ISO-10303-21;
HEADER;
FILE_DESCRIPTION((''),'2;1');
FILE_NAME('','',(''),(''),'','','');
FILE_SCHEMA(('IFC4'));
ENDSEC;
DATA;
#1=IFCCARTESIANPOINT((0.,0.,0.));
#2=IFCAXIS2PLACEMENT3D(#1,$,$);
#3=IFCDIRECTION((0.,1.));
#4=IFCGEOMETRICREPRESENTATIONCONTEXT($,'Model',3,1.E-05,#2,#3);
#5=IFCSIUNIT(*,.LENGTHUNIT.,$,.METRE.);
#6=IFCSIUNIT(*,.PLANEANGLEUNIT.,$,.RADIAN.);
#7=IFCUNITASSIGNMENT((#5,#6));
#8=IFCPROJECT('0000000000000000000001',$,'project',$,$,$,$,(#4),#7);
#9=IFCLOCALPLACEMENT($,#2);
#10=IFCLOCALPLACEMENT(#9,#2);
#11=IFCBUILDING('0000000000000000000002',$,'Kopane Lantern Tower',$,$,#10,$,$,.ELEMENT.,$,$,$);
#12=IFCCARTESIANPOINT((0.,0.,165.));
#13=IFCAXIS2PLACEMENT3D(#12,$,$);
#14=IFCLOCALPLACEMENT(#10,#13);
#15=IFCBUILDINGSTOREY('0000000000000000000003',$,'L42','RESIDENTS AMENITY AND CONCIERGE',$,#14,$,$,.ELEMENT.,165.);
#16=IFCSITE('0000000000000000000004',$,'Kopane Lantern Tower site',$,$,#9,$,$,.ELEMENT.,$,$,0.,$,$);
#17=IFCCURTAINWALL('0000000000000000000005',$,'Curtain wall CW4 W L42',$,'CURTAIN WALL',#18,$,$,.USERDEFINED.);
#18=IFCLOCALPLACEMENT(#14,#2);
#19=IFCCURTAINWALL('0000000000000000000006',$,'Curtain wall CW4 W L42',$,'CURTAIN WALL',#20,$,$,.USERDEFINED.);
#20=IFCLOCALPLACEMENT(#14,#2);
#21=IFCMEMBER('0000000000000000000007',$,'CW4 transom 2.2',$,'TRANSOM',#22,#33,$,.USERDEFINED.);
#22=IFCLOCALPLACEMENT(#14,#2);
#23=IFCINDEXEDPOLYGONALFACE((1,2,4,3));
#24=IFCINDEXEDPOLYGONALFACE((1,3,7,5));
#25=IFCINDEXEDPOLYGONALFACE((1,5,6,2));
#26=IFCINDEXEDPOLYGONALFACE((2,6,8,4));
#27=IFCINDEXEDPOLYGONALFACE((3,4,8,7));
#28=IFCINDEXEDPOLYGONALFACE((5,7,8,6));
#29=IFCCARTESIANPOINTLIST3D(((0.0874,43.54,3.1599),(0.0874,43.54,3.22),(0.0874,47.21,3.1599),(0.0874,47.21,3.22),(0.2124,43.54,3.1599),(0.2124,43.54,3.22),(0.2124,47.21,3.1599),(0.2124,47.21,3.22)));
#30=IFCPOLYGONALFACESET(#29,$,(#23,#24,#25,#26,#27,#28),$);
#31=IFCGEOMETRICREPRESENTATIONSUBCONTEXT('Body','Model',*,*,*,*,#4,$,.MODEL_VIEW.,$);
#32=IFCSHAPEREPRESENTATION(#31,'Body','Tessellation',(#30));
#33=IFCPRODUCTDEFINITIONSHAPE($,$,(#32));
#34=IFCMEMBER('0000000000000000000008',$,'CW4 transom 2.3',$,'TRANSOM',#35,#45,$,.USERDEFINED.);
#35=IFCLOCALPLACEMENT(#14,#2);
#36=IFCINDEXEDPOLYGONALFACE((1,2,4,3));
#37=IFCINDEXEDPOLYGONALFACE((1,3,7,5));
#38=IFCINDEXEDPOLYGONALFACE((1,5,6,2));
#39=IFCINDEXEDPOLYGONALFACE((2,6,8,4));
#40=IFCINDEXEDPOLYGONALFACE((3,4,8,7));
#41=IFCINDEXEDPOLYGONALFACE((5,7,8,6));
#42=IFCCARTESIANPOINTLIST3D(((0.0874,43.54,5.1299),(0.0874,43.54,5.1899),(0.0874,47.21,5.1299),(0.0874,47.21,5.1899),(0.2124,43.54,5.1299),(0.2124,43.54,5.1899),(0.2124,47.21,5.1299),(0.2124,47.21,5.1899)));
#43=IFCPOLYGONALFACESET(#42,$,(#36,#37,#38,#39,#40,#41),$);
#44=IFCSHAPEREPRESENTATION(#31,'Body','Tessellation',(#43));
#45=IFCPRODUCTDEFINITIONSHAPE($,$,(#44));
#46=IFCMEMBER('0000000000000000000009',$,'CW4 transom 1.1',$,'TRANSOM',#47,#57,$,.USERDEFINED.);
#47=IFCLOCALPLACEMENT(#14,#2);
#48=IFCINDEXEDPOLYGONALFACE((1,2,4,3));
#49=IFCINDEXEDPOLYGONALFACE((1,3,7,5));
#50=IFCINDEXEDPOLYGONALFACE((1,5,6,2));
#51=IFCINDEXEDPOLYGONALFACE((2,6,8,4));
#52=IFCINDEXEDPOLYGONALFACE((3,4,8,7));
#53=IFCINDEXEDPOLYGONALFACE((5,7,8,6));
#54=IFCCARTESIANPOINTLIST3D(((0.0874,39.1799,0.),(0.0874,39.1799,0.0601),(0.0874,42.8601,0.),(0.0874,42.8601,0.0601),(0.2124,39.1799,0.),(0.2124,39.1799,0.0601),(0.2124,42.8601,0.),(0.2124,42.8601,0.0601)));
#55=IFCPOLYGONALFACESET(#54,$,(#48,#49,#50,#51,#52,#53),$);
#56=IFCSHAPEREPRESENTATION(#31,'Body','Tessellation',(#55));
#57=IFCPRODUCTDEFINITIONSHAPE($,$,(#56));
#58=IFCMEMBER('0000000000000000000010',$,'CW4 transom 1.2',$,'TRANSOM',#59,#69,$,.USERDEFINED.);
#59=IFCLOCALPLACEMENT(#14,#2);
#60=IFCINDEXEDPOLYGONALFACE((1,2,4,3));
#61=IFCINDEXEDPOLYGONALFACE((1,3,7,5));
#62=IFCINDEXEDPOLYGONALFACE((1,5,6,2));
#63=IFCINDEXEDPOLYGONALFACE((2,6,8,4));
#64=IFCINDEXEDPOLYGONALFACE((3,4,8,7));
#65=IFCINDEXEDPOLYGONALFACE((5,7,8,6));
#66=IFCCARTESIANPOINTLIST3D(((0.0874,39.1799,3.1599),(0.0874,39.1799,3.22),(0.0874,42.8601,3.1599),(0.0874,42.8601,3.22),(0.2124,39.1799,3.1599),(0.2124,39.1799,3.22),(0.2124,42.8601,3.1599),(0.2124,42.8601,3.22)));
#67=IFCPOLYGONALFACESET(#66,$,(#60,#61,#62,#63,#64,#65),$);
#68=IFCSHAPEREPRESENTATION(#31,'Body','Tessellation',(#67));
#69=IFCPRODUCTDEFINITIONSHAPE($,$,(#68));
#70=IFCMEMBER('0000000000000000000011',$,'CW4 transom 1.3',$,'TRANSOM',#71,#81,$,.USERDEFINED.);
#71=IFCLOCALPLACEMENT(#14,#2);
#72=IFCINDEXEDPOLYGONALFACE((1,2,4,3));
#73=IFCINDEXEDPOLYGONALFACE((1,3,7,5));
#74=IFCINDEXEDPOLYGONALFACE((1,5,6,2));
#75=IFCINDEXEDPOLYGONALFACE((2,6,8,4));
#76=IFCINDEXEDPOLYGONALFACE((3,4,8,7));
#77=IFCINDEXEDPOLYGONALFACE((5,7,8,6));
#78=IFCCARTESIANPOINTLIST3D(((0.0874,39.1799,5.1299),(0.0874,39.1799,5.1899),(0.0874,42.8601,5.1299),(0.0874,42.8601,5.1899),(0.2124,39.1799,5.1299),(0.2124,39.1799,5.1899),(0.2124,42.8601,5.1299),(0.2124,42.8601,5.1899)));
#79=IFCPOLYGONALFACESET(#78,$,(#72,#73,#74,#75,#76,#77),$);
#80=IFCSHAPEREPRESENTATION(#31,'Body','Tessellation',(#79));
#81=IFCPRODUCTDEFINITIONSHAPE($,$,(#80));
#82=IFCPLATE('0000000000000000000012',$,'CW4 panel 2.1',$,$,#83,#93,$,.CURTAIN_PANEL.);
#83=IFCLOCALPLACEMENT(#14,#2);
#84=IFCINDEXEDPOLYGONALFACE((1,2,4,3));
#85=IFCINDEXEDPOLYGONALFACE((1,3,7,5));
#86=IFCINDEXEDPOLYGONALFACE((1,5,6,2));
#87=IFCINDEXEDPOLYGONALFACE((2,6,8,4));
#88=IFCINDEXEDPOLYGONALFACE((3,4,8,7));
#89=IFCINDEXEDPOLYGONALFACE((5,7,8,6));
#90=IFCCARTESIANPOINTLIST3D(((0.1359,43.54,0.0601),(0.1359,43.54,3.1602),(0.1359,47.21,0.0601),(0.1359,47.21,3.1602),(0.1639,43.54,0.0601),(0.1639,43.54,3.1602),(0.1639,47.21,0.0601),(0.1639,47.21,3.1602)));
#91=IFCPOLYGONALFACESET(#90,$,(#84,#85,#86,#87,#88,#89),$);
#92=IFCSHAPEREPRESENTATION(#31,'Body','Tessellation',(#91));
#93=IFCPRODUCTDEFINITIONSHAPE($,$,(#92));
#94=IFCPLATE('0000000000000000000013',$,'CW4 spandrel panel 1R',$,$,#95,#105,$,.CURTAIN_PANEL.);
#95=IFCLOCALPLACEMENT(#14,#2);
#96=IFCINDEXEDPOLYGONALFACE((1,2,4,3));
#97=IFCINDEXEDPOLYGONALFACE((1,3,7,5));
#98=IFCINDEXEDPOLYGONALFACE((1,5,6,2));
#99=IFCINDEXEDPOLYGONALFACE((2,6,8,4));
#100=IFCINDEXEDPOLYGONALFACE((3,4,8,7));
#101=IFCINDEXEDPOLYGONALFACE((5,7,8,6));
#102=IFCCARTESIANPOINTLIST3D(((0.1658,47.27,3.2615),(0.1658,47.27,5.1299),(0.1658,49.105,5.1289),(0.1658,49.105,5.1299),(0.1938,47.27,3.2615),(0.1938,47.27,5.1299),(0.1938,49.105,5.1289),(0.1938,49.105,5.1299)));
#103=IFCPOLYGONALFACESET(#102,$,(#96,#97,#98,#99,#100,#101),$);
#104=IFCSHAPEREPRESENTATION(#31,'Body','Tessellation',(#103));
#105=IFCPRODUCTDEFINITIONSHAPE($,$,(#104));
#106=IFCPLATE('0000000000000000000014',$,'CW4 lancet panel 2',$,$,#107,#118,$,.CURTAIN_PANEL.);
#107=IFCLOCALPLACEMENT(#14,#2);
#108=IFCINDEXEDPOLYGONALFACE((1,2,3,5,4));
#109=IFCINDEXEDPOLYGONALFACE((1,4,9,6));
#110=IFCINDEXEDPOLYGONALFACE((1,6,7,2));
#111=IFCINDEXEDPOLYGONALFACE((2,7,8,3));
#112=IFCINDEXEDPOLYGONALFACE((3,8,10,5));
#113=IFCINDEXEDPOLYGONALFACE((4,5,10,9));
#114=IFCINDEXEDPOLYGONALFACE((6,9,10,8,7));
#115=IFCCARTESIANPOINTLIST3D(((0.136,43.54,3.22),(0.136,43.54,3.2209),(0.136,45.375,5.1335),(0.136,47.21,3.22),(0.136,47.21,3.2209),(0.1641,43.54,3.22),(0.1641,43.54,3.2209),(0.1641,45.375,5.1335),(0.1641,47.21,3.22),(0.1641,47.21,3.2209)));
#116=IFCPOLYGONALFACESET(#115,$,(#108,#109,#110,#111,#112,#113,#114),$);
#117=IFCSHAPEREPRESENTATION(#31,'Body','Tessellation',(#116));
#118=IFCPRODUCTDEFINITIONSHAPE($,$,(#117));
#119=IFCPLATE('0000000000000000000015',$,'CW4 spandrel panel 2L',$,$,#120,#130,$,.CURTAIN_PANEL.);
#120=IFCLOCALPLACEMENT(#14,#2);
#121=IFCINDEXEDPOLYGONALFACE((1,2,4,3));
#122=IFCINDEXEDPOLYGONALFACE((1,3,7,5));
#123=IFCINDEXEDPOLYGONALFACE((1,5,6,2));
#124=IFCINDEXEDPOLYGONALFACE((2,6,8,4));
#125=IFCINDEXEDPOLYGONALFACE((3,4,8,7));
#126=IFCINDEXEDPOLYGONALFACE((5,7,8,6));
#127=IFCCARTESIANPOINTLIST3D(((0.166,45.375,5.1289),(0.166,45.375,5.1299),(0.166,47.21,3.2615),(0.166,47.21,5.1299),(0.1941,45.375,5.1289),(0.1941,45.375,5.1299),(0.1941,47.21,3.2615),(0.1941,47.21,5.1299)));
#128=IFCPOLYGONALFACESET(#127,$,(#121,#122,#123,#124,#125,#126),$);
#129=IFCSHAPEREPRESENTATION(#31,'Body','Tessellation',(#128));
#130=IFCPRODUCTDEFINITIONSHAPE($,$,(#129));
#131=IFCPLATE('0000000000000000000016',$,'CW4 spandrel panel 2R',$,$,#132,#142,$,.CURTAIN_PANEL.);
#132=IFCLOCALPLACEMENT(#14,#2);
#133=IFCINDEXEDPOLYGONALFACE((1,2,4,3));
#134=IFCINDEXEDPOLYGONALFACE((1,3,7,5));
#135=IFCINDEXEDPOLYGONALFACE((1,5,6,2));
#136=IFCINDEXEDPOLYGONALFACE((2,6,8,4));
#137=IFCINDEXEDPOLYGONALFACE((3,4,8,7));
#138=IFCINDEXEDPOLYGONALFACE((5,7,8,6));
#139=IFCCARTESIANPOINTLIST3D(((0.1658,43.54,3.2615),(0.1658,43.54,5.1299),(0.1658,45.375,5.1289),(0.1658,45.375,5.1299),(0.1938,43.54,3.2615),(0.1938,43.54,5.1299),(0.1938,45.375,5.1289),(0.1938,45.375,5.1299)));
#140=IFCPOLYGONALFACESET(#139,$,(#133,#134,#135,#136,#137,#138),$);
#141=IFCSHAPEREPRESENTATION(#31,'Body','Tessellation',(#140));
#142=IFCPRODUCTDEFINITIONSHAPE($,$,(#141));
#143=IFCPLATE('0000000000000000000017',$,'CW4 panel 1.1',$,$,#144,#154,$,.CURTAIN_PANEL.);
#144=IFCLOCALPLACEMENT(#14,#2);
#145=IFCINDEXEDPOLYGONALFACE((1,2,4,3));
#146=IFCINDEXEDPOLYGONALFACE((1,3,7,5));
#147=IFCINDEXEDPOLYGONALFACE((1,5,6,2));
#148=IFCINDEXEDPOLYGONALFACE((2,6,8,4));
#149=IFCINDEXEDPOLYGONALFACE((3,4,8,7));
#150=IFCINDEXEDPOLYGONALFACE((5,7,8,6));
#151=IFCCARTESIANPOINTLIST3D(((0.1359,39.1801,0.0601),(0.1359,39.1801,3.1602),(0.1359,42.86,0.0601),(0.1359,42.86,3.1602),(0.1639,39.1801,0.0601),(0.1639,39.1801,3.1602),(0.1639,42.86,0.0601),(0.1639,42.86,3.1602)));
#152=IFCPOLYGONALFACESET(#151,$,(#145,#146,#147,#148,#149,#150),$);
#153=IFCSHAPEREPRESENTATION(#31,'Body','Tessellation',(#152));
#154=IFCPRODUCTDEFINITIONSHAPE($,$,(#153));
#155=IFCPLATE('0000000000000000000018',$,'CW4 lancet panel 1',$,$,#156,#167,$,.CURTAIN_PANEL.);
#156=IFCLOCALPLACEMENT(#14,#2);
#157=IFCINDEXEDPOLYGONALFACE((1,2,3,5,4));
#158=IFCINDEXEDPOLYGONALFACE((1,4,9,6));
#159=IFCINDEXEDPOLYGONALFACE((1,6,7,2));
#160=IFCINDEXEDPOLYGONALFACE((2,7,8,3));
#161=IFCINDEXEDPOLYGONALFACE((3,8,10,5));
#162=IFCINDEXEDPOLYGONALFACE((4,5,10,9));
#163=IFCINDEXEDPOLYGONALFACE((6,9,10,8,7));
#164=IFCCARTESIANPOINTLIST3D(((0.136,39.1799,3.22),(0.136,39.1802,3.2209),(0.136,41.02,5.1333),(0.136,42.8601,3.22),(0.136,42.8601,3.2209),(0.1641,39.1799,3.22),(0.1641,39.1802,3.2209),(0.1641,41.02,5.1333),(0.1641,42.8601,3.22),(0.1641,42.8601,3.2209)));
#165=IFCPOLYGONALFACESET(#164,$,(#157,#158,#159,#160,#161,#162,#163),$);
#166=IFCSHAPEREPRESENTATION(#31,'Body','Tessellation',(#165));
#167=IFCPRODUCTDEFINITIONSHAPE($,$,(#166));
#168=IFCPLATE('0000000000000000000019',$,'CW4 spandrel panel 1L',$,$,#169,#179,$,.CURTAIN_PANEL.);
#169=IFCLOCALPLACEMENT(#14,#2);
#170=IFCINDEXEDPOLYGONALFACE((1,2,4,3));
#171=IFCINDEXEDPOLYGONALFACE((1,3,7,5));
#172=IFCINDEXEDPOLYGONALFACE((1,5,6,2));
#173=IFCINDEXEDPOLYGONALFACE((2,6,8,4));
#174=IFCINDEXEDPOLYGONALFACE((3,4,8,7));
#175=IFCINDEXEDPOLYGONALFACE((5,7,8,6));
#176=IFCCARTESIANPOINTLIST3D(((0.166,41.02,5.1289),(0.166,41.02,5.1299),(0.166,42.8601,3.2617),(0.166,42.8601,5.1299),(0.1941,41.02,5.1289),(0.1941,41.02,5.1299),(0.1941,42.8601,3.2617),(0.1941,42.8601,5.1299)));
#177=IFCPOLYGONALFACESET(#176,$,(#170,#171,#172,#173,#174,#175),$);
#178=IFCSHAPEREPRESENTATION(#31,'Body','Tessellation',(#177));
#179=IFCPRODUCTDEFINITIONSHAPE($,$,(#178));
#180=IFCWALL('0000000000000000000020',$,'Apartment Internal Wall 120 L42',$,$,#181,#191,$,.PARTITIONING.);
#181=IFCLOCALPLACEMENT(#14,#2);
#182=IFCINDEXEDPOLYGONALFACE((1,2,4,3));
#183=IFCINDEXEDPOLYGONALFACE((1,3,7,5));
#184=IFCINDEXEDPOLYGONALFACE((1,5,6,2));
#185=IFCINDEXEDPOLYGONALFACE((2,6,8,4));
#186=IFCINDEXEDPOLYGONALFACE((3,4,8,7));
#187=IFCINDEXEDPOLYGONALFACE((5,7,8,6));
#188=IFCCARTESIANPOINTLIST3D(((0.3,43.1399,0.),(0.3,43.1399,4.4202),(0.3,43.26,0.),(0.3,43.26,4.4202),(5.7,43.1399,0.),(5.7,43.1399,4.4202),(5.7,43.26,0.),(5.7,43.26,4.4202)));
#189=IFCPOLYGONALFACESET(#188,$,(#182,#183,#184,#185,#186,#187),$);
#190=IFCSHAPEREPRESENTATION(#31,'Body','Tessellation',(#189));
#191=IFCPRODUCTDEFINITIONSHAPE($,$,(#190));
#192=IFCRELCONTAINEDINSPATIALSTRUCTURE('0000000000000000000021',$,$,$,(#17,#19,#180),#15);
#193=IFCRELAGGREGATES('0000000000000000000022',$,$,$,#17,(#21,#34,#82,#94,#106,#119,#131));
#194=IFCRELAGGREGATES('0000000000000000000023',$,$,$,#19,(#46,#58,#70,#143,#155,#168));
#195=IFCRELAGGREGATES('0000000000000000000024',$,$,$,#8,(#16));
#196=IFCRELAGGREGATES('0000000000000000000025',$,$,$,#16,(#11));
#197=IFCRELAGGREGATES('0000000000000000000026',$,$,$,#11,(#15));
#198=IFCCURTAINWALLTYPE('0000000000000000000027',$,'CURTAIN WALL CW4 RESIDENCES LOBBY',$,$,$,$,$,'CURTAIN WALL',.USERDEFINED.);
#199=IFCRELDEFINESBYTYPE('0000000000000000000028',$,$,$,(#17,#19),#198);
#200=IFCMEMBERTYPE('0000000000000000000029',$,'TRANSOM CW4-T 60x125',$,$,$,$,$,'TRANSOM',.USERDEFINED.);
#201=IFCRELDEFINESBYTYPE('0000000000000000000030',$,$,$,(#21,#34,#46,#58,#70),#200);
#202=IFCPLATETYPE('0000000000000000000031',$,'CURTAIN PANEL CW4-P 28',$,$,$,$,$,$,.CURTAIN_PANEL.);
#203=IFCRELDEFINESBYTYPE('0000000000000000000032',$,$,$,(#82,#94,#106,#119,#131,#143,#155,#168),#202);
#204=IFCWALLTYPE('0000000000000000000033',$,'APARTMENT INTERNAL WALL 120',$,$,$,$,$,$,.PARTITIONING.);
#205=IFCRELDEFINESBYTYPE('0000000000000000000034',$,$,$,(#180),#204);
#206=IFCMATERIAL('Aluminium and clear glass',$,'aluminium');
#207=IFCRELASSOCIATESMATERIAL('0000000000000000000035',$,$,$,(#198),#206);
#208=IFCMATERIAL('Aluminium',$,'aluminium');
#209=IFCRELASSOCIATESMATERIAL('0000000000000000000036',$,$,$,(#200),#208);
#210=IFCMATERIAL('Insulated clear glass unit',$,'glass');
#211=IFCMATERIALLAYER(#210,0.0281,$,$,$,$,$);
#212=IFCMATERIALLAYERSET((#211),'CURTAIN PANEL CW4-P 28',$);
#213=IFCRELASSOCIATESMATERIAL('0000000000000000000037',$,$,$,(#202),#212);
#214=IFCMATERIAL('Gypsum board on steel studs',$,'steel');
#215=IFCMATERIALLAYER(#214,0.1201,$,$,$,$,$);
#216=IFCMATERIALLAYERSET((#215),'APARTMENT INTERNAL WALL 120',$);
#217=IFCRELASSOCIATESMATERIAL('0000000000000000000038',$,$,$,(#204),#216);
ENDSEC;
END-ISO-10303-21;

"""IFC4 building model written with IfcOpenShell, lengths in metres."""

from ifc_helpers import new_model, si_unit, direction, frame, frame_2d, origin, origin_2d, place, context, subcontext, project, spatial, polyline, rectangle, outline, extrude, material, layer, layer_set, material_profile, profile_set, type_object, element, aggregate, save


model = new_model("IFC4")

# Units and contexts
model_context = context("Model", 3, precision=1e-05, world=origin(), true_north=direction((0.0, 1.0)))
body_context = subcontext(model_context, "Body", "Model", "MODEL_VIEW")
ifc_project = project(units=[si_unit("LENGTHUNIT", "METRE"), si_unit("PLANEANGLEUNIT", "RADIAN")], contexts=[model_context])

# Site, building, storey
site_placement = place(None, origin())
site = spatial("IfcSite", under=ifc_project, at=site_placement, Name="Kopane Lantern Tower site", CompositionType="ELEMENT", RefElevation=0.0)
building_placement = place(site_placement, origin())
building = spatial("IfcBuilding", under=site, at=building_placement, Name="Kopane Lantern Tower", CompositionType="ELEMENT")
storey_placement = place(building_placement, frame((0.0, 0.0, 165.0)))
storey = spatial("IfcBuildingStorey", under=building, at=storey_placement, Name="L42", Description="RESIDENTS AMENITY AND CONCIERGE", CompositionType="ELEMENT", Elevation=165.0)

# Curtain walls
ifc_material_1 = material(Name="Aluminium and clear glass", Category="aluminium")
curtain_wall_type = type_object("IfcCurtainWallType", Name="CURTAIN WALL CW4 RESIDENCES LOBBY", ElementType="CURTAIN WALL", PredefinedType="USERDEFINED", material=ifc_material_1)
curtain_wall_1_placement = place(storey_placement, origin())
curtain_wall_1 = element("IfcCurtainWall", 1, at=curtain_wall_1_placement, inside=storey, type_object=curtain_wall_type, Name="Curtain wall CW4 W L42", ObjectType="CURTAIN WALL", PredefinedType="USERDEFINED")
curtain_wall_2_placement = place(storey_placement, origin())
curtain_wall_2 = element("IfcCurtainWall", 2, at=curtain_wall_2_placement, inside=storey, type_object=curtain_wall_type, Name="Curtain wall CW4 W L42", ObjectType="CURTAIN WALL", PredefinedType="USERDEFINED")

# Members
ifc_material_2 = material(Name="Aluminium", Category="aluminium")
ifc_material_profile_1 = material_profile(ifc_material_2, rectangle(XDim=0.125, YDim=0.0601, at=origin_2d()), Name="AL 125x60")
ifc_profile_set_1 = profile_set([ifc_material_profile_1], Name="Aluminium")
member_type_1 = type_object("IfcMemberType", Name="TRANSOM CW4-T 60x125", ElementType="TRANSOM", PredefinedType="USERDEFINED", material=ifc_profile_set_1)
member_1_placement = place(storey_placement, frame((0.1499, 47.21, 3.1899), z_axis=(0.0, -1.0, 0.0), x_axis=(1.0, 0.0, 0.0)))
member_1 = element("IfcMember", 3, at=member_1_placement, type_object=member_type_1, Name="CW4 transom 2.2", ObjectType="TRANSOM", PredefinedType="USERDEFINED", context=body_context, shape_type="SweptSolid", body=[
    extrude(rectangle(XDim=0.125, YDim=0.0601, at=origin_2d()), origin(), (0.0, 0.0, 1.0), 3.6699),
])
member_2_placement = place(storey_placement, frame((0.1499, 47.21, 5.1599), z_axis=(0.0, -1.0, 0.0), x_axis=(1.0, 0.0, 0.0)))
member_2 = element("IfcMember", 4, at=member_2_placement, type_object=member_type_1, Name="CW4 transom 2.3", ObjectType="TRANSOM", PredefinedType="USERDEFINED", context=body_context, shape_type="SweptSolid", body=[
    extrude(rectangle(XDim=0.125, YDim=0.0601, at=origin_2d()), origin(), (0.0, 0.0, 1.0), 3.6699),
])
member_3_placement = place(storey_placement, frame((0.1499, 42.8601, 0.03), z_axis=(0.0, -1.0, 0.0), x_axis=(1.0, 0.0, 0.0)))
member_3 = element("IfcMember", 5, at=member_3_placement, type_object=member_type_1, Name="CW4 transom 1.1", ObjectType="TRANSOM", PredefinedType="USERDEFINED", context=body_context, shape_type="SweptSolid", body=[
    extrude(rectangle(XDim=0.125, YDim=0.0601, at=origin_2d()), origin(), (0.0, 0.0, 1.0), 3.6802),
])
member_4_placement = place(storey_placement, frame((0.1499, 42.8601, 3.1899), z_axis=(0.0, -1.0, 0.0), x_axis=(1.0, 0.0, 0.0)))
member_4 = element("IfcMember", 6, at=member_4_placement, type_object=member_type_1, Name="CW4 transom 1.2", ObjectType="TRANSOM", PredefinedType="USERDEFINED", context=body_context, shape_type="SweptSolid", body=[
    extrude(rectangle(XDim=0.125, YDim=0.0601, at=origin_2d()), origin(), (0.0, 0.0, 1.0), 3.6802),
])
member_5_placement = place(storey_placement, frame((0.1499, 42.8601, 5.1599), z_axis=(0.0, -1.0, 0.0), x_axis=(1.0, 0.0, 0.0)))
member_5 = element("IfcMember", 7, at=member_5_placement, type_object=member_type_1, Name="CW4 transom 1.3", ObjectType="TRANSOM", PredefinedType="USERDEFINED", context=body_context, shape_type="SweptSolid", body=[
    extrude(rectangle(XDim=0.125, YDim=0.0601, at=origin_2d()), origin(), (0.0, 0.0, 1.0), 3.6802),
])

# Plates
ifc_material_3 = material(Name="Insulated clear glass unit", Category="glass")
ifc_layer_1 = layer(ifc_material_3, 0.0281)
ifc_layer_set_1 = layer_set([ifc_layer_1], Name="CURTAIN PANEL CW4-P 28")
plate_type = type_object("IfcPlateType", Name="CURTAIN PANEL CW4-P 28", PredefinedType="CURTAIN_PANEL", material=ifc_layer_set_1)
plate_1_placement = place(storey_placement, frame((0.1499, 45.375, 0.0601), z_axis=(0.0, 0.0, 1.0), x_axis=(0.0, -1.0, 0.0)))
plate_1 = element("IfcPlate", 8, at=plate_1_placement, type_object=plate_type, Name="CW4 panel 2.1", PredefinedType="CURTAIN_PANEL", context=body_context, shape_type="SweptSolid", body=[
    extrude(rectangle(XDim=3.6699, YDim=0.0281, at=origin_2d()), origin(), (0.0, 0.0, 1.0), 3.1001),
])
plate_2_placement = place(storey_placement, frame((0.1799, 47.27, 5.1299), z_axis=(0.0, 0.0, 1.0), x_axis=(0.0, 1.0, 0.0)))
plate_2 = element("IfcPlate", 9, at=plate_2_placement, type_object=plate_type, Name="CW4 spandrel panel 1R", PredefinedType="CURTAIN_PANEL", context=body_context, shape_type="SweptSolid", body=[
    extrude(outline(polyline([(0.0, 0.0), (1.835, 0.0), (1.835, -0.001), (0.0, -1.8684), (0.0, 0.0)])), frame((0.0, 0.0142, 0.0), z_axis=(0.0, -1.0, 0.0), x_axis=(1.0, 0.0, 0.0)), (0.0, 0.0, 1.0), 0.0281),
])
plate_3_placement = place(storey_placement, frame((0.1499, 47.21, 3.22), z_axis=(0.0, 0.0, 1.0), x_axis=(0.0, -1.0, 0.0)))
plate_3 = element("IfcPlate", 10, at=plate_3_placement, type_object=plate_type, Name="CW4 lancet panel 2", PredefinedType="CURTAIN_PANEL", context=body_context, shape_type="SweptSolid", body=[
    extrude(outline(polyline([(0.0, 0.0), (3.6699, 0.0), (3.6699, 0.001), (1.835, 1.9136), (0.0, 0.001), (0.0, 0.0)])), frame((0.0, 0.0142, 0.0), z_axis=(0.0, -1.0, 0.0), x_axis=(1.0, 0.0, 0.0)), (0.0, 0.0, 1.0), 0.0281),
])
plate_4_placement = place(storey_placement, frame((0.1799, 47.21, 5.1299), z_axis=(0.0, 0.0, 1.0), x_axis=(0.0, -1.0, 0.0)))
plate_4 = element("IfcPlate", 11, at=plate_4_placement, type_object=plate_type, Name="CW4 spandrel panel 2L", PredefinedType="CURTAIN_PANEL", context=body_context, shape_type="SweptSolid", body=[
    extrude(outline(polyline([(0.0, 0.0), (1.835, 0.0), (1.835, -0.001), (0.0, -1.8684), (0.0, 0.0)])), frame((0.0, 0.0142, 0.0), z_axis=(0.0, -1.0, 0.0), x_axis=(1.0, 0.0, 0.0)), (0.0, 0.0, 1.0), 0.0281),
])
plate_5_placement = place(storey_placement, frame((0.1799, 43.54, 5.1299), z_axis=(0.0, 0.0, 1.0), x_axis=(0.0, 1.0, 0.0)))
plate_5 = element("IfcPlate", 12, at=plate_5_placement, type_object=plate_type, Name="CW4 spandrel panel 2R", PredefinedType="CURTAIN_PANEL", context=body_context, shape_type="SweptSolid", body=[
    extrude(outline(polyline([(0.0, 0.0), (1.835, 0.0), (1.835, -0.001), (0.0, -1.8684), (0.0, 0.0)])), frame((0.0, 0.0142, 0.0), z_axis=(0.0, -1.0, 0.0), x_axis=(1.0, 0.0, 0.0)), (0.0, 0.0, 1.0), 0.0281),
])
aggregate(curtain_wall_1, [member_1, member_2, plate_1, plate_2, plate_3, plate_4, plate_5])
plate_6_placement = place(storey_placement, frame((0.1499, 41.02, 0.0601), z_axis=(0.0, 0.0, 1.0), x_axis=(0.0, -1.0, 0.0)))
plate_6 = element("IfcPlate", 13, at=plate_6_placement, type_object=plate_type, Name="CW4 panel 1.1", PredefinedType="CURTAIN_PANEL", context=body_context, shape_type="SweptSolid", body=[
    extrude(rectangle(XDim=3.6799, YDim=0.0281, at=origin_2d()), origin(), (0.0, 0.0, 1.0), 3.1001),
])
plate_7_placement = place(storey_placement, frame((0.1499, 42.8601, 3.22), z_axis=(0.0, 0.0, 1.0), x_axis=(0.0, -1.0, 0.0)))
plate_7 = element("IfcPlate", 14, at=plate_7_placement, type_object=plate_type, Name="CW4 lancet panel 1", PredefinedType="CURTAIN_PANEL", context=body_context, shape_type="SweptSolid", body=[
    extrude(outline(polyline([(0.0, 0.0), (3.6802, 0.0), (3.6799, 0.001), (1.8401, 1.9133), (0.0, 0.001), (0.0, 0.0)])), frame((0.0, 0.0142, 0.0), z_axis=(0.0, -1.0, 0.0), x_axis=(1.0, 0.0, 0.0)), (0.0, 0.0, 1.0), 0.0281),
])
plate_8_placement = place(storey_placement, frame((0.1799, 42.8601, 5.1299), z_axis=(0.0, 0.0, 1.0), x_axis=(0.0, -1.0, 0.0)))
plate_8 = element("IfcPlate", 15, at=plate_8_placement, type_object=plate_type, Name="CW4 spandrel panel 1L", PredefinedType="CURTAIN_PANEL", context=body_context, shape_type="SweptSolid", body=[
    extrude(outline(polyline([(0.0, 0.0), (1.8401, 0.0), (1.8401, -0.001), (0.0, -1.8682), (0.0, 0.0)])), frame((0.0, 0.0142, 0.0), z_axis=(0.0, -1.0, 0.0), x_axis=(1.0, 0.0, 0.0)), (0.0, 0.0, 1.0), 0.0281),
])
aggregate(curtain_wall_2, [member_3, member_4, member_5, plate_6, plate_7, plate_8])

# Wall
ifc_material_4 = material(Name="Gypsum board on steel studs", Category="steel")
ifc_layer_2 = layer(ifc_material_4, 0.1201)
ifc_layer_set_2 = layer_set([ifc_layer_2], Name="APARTMENT INTERNAL WALL 120")
wall_type_1 = type_object("IfcWallType", Name="APARTMENT INTERNAL WALL 120", PredefinedType="PARTITIONING", material=ifc_layer_set_2)
wall_1_placement = place(storey_placement, frame((5.7, 43.2, 0.0), z_axis=(0.0, 0.0, 1.0), x_axis=(-1.0, 0.0, 0.0)))
element("IfcWall", 16, at=wall_1_placement, inside=storey, type_object=wall_type_1, Name="Apartment Internal Wall 120 L42", PredefinedType="PARTITIONING", context=body_context, shape_type="SweptSolid", body=[
    extrude(rectangle(XDim=5.3999, YDim=0.1201, at=frame_2d((2.7, 0.0))), origin(), (0.0, 0.0, 1.0), 4.4202),
])

save(model, "model.ifc")
